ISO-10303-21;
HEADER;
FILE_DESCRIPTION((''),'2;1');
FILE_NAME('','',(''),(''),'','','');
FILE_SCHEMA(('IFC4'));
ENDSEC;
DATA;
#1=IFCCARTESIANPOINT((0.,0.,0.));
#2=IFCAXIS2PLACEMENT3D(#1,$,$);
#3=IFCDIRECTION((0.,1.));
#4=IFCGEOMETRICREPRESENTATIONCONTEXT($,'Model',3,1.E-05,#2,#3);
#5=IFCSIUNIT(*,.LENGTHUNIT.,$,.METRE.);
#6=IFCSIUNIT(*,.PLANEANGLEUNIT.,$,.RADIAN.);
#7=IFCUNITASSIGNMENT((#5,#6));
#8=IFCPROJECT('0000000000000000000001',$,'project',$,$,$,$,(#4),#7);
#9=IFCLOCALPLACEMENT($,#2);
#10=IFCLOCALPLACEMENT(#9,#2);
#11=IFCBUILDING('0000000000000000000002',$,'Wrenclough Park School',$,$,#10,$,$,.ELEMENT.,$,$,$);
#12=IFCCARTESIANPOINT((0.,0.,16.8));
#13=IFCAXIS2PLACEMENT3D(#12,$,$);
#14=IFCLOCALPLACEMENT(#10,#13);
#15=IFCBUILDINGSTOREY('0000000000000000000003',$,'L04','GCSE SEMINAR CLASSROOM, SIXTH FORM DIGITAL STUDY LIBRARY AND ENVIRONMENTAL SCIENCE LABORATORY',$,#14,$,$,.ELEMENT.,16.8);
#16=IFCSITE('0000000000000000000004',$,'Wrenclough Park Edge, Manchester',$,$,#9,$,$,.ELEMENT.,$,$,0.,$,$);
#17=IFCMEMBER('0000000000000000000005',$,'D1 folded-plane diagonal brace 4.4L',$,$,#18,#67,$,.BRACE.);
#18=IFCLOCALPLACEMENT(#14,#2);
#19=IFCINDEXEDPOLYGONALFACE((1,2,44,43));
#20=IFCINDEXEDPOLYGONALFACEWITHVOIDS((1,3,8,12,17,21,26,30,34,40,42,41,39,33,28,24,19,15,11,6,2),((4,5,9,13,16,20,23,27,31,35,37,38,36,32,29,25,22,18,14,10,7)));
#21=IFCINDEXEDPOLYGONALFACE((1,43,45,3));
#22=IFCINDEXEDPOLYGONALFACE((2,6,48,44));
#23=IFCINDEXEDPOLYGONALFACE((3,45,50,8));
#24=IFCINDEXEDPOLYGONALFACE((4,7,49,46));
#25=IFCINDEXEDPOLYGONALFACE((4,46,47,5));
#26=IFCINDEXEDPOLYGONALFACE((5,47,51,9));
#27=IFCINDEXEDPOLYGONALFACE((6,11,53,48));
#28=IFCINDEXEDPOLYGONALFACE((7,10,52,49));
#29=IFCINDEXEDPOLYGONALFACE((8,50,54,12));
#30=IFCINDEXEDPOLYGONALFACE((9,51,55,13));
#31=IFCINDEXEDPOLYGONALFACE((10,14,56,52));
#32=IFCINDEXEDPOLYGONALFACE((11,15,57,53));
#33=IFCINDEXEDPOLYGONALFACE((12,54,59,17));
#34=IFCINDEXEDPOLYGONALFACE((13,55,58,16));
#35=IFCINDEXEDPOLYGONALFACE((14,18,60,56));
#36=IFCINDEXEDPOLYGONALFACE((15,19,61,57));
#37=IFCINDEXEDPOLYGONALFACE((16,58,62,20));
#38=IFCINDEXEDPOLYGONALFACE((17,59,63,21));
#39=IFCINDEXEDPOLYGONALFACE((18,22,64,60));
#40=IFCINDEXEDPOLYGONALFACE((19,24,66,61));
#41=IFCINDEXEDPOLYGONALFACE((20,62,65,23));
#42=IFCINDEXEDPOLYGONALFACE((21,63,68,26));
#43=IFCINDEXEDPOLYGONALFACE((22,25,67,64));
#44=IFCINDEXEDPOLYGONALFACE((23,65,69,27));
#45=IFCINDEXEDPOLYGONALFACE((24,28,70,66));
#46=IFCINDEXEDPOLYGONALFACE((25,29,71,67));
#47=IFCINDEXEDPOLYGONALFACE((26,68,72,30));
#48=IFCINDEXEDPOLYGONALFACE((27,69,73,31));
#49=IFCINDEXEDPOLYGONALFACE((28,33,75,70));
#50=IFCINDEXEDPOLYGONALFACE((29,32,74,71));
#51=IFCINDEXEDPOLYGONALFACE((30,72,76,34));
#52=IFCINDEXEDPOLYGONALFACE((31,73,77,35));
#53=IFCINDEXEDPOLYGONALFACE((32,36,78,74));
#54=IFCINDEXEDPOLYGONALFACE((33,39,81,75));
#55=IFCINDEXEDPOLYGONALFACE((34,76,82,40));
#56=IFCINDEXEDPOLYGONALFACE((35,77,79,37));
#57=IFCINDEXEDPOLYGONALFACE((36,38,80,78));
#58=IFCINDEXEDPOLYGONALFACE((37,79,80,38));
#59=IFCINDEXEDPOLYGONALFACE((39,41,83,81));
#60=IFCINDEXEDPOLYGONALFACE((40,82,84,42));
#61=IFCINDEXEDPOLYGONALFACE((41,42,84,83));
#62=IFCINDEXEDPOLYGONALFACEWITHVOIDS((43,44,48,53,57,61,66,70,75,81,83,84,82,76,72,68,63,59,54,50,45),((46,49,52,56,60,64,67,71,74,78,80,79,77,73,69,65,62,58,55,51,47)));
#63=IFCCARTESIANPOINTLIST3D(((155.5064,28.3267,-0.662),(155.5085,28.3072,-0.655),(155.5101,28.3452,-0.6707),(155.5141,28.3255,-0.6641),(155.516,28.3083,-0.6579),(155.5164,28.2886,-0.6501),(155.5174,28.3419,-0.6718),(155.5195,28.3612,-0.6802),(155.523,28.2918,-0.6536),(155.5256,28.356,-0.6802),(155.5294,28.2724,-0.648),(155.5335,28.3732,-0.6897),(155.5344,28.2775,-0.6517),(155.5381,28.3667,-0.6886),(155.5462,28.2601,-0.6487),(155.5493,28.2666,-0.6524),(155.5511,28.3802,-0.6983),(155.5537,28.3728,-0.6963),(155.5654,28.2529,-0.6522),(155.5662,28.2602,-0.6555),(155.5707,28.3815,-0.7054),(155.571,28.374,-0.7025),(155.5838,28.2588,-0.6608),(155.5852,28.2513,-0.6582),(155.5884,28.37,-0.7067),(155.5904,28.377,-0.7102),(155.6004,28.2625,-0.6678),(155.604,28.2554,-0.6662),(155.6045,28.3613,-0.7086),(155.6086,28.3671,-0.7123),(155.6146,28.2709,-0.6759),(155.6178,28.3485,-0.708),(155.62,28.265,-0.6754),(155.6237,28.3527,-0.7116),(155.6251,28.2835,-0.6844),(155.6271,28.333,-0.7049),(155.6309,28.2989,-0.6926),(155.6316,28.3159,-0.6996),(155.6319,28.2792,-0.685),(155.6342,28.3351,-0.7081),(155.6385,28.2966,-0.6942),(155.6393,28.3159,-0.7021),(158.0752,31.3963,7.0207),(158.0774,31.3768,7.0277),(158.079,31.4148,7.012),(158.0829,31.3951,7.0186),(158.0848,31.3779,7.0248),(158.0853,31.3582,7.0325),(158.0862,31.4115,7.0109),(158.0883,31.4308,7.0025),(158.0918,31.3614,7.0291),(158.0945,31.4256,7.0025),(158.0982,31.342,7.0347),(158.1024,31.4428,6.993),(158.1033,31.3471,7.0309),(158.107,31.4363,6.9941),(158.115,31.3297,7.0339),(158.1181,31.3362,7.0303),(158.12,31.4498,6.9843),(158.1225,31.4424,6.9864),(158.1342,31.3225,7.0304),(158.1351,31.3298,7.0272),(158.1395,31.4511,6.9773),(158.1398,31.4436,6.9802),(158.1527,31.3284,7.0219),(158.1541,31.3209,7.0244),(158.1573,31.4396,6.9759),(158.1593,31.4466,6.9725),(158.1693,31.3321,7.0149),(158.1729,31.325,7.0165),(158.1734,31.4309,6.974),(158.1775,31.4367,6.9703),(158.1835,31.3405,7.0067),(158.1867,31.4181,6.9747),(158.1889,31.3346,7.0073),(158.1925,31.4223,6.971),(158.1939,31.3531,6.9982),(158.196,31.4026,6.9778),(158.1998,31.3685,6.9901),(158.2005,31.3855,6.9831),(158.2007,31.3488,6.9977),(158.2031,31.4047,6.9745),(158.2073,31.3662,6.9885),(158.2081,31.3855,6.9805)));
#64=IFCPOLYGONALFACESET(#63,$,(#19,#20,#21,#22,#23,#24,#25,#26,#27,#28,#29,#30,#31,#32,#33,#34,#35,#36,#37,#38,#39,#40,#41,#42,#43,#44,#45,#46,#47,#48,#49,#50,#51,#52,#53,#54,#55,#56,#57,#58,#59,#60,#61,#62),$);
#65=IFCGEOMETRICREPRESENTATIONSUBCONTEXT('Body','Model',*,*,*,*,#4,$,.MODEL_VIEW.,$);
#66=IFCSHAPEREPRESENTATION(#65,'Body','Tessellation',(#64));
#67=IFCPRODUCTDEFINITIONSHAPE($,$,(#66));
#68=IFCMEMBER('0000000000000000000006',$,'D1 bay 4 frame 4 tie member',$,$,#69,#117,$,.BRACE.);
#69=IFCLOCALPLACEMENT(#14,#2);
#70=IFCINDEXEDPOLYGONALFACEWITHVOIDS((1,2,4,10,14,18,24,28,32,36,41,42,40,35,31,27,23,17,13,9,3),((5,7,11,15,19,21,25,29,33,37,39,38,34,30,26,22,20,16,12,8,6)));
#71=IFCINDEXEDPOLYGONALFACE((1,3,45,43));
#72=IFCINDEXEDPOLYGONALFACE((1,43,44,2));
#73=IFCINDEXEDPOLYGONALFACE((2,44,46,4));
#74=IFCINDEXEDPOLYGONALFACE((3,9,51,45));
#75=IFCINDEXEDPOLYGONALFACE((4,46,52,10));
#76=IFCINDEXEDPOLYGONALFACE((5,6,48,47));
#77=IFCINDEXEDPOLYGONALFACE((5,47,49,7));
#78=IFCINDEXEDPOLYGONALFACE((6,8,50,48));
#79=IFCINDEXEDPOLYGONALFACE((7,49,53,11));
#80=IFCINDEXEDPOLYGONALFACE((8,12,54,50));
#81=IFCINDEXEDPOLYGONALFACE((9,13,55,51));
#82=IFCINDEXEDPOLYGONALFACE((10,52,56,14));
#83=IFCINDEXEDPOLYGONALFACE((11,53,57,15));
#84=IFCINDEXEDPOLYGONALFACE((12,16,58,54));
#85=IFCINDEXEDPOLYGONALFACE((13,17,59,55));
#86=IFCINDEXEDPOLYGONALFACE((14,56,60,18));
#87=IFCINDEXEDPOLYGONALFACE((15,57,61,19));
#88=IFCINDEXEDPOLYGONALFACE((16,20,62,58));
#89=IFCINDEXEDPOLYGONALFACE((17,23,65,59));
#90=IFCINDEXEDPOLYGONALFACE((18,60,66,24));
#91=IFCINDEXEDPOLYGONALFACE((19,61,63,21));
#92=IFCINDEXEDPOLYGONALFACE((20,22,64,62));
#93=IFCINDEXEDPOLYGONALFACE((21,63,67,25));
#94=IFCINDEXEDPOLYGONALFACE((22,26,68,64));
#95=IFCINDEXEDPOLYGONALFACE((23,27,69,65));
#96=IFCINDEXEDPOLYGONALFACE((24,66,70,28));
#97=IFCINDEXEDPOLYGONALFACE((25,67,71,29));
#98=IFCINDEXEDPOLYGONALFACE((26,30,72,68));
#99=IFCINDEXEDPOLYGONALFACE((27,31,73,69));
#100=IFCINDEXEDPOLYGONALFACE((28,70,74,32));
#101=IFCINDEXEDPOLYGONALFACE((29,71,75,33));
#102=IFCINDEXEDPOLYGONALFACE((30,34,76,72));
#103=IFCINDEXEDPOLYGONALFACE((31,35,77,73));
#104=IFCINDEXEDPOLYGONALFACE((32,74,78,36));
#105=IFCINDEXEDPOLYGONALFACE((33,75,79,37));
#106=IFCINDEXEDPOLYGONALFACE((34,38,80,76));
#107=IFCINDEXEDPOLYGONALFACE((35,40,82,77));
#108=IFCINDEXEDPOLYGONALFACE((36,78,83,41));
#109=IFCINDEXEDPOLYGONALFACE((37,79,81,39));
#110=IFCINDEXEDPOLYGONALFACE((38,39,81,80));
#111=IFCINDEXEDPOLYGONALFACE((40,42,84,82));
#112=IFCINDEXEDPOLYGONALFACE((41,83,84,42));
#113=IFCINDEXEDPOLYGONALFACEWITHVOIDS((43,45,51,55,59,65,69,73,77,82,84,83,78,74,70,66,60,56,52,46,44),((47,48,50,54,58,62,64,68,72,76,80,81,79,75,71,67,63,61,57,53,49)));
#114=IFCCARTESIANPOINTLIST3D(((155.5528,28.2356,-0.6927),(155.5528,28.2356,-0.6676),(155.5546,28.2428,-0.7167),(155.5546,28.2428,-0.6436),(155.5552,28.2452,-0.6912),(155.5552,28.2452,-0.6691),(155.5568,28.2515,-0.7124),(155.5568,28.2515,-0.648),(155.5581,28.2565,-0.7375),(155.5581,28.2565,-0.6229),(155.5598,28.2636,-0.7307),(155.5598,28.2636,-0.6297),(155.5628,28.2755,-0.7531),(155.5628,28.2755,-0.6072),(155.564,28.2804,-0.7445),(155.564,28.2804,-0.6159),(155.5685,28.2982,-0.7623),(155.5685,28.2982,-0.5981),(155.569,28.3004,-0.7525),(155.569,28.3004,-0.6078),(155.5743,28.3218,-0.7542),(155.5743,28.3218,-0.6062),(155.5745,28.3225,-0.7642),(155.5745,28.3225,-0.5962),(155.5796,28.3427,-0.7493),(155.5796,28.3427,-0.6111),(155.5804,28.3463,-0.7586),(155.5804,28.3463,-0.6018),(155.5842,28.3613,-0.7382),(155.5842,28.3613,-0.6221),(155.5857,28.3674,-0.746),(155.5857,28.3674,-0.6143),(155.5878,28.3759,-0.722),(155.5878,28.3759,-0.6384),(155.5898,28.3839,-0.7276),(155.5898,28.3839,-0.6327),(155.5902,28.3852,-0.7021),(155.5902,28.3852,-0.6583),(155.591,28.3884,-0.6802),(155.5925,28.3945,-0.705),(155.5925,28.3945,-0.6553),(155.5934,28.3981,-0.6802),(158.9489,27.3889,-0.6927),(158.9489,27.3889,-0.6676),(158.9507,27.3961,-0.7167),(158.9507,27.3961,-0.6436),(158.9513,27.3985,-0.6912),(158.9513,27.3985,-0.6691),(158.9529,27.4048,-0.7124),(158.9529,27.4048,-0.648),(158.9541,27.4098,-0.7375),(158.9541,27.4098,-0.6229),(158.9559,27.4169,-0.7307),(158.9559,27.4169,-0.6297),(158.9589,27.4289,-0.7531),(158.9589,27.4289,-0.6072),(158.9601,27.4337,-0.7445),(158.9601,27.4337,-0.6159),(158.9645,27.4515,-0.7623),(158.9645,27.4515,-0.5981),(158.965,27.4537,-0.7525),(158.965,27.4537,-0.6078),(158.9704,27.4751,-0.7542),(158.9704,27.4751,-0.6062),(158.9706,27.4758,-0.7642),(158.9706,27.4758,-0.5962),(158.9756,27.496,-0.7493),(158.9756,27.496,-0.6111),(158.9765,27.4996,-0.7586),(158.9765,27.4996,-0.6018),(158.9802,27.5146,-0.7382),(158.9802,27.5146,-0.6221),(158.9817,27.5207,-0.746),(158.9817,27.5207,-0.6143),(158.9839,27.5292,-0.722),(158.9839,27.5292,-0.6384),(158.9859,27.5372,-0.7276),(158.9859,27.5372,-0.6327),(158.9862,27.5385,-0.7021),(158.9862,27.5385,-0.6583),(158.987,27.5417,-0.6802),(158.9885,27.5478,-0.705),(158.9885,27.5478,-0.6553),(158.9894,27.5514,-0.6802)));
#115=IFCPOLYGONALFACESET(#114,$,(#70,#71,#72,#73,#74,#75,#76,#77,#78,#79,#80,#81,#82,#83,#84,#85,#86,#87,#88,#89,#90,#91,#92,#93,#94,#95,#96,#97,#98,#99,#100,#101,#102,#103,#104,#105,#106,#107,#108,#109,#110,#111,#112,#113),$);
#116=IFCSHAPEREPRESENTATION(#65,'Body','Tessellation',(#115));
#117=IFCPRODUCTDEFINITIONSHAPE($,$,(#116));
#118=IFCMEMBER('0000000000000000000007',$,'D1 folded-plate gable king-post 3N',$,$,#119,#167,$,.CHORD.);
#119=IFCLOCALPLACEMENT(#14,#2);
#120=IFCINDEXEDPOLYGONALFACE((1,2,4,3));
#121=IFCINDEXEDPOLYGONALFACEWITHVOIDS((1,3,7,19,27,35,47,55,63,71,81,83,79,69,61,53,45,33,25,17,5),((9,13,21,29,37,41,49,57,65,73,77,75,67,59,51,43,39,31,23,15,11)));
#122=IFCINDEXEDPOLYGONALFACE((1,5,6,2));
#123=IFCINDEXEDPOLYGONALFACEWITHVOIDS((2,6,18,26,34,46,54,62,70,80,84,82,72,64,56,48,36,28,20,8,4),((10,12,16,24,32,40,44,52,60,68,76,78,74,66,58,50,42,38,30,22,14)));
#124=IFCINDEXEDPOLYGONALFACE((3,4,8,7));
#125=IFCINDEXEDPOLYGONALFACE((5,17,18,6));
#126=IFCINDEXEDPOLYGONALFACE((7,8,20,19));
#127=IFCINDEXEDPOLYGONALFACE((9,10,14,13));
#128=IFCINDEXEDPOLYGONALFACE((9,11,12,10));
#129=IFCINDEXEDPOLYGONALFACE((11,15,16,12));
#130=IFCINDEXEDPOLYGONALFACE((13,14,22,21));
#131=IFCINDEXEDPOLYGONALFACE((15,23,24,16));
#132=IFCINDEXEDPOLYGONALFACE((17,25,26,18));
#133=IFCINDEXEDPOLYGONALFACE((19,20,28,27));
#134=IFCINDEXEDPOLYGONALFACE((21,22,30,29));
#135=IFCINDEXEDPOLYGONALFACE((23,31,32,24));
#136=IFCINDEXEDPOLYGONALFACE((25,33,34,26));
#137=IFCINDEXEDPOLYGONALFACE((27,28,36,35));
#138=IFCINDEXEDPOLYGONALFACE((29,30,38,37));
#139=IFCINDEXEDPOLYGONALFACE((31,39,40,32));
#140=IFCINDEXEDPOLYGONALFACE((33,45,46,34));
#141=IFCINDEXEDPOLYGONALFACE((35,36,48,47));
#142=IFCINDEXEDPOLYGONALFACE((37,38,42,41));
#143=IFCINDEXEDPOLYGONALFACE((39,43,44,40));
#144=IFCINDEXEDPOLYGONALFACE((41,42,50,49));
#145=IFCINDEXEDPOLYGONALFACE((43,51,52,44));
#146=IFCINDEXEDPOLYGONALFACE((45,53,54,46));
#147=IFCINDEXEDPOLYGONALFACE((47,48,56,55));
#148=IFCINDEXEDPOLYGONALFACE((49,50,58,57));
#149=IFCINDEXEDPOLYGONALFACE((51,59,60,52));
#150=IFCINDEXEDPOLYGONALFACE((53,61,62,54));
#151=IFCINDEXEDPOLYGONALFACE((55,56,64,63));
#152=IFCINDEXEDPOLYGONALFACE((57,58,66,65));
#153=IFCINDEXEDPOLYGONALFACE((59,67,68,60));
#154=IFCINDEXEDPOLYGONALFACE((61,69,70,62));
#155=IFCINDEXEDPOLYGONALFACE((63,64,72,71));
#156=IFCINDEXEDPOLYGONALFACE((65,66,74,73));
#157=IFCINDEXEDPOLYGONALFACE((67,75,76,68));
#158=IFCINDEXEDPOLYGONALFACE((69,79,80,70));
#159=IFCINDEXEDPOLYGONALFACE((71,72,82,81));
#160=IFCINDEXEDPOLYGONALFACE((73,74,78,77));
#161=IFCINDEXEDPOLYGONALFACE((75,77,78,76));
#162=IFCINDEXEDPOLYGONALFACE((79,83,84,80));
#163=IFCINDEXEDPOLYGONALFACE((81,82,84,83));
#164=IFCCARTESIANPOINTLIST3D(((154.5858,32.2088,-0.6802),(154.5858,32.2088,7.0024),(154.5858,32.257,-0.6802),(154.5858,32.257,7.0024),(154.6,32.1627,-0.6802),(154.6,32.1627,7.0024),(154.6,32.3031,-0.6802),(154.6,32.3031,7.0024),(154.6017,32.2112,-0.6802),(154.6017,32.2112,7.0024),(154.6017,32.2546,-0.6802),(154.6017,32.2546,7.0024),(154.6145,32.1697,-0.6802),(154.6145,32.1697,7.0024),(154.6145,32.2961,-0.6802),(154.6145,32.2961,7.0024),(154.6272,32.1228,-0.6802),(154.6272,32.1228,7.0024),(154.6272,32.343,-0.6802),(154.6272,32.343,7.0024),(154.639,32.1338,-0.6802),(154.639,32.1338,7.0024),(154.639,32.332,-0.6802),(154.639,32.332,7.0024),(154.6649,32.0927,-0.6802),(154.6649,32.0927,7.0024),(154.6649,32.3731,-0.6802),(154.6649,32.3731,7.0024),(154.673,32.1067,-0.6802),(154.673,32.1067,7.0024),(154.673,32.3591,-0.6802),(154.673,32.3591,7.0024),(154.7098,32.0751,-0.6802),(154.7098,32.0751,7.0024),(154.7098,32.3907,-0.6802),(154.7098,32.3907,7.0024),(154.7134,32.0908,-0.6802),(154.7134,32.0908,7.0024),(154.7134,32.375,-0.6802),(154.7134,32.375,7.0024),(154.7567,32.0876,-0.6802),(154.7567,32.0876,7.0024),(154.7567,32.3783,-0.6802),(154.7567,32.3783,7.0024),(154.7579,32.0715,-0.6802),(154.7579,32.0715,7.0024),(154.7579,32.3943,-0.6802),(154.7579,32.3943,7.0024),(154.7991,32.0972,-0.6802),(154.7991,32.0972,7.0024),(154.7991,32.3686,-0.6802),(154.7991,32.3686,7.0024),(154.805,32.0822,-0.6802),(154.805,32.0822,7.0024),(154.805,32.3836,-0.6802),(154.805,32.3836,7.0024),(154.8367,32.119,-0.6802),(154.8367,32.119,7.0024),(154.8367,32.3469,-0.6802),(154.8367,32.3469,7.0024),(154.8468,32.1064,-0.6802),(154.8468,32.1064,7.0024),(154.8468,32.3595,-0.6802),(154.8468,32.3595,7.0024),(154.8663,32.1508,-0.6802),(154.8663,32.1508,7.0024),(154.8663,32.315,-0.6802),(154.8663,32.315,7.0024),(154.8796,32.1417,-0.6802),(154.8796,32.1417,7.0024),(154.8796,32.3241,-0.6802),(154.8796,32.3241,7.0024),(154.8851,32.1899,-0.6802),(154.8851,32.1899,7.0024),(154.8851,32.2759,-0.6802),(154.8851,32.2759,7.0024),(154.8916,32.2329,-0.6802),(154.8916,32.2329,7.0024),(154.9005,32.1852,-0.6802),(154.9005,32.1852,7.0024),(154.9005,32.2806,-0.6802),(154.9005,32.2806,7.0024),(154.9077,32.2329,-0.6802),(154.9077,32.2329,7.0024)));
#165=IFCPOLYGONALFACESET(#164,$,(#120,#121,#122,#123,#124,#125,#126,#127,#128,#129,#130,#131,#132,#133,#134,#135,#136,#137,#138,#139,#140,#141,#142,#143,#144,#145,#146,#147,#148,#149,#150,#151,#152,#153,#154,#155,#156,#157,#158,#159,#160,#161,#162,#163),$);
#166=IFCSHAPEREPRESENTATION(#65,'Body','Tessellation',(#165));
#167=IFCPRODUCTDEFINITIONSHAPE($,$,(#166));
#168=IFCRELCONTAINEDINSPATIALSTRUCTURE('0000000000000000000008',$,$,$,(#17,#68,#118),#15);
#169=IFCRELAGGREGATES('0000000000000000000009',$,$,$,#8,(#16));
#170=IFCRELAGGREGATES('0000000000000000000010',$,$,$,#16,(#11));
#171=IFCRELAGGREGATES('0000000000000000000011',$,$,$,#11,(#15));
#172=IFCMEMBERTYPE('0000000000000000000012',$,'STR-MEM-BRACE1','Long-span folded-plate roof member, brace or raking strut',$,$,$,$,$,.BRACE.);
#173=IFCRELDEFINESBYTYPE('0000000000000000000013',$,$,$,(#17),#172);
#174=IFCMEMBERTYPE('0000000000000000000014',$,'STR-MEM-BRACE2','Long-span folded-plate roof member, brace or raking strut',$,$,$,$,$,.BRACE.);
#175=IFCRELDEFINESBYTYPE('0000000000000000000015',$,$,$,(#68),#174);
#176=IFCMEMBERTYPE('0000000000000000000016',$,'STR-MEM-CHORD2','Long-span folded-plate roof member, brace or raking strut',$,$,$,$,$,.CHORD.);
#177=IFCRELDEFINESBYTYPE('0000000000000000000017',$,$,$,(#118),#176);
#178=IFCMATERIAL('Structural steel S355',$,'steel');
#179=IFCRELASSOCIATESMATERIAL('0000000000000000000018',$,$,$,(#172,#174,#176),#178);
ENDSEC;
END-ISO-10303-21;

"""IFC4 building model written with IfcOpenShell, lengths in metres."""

from ifc_helpers import new_model, si_unit, direction, frame, origin, origin_2d, place, context, subcontext, project, spatial, hollow_circle, extrude, material, material_profile, profile_set, type_object, element, save


model = new_model("IFC4")

# Units and contexts
model_context = context("Model", 3, precision=1e-05, world=origin(), true_north=direction((0.0, 1.0)))
body_context = subcontext(model_context, "Body", "Model", "MODEL_VIEW")
ifc_project = project(units=[si_unit("LENGTHUNIT", "METRE"), si_unit("PLANEANGLEUNIT", "RADIAN")], contexts=[model_context])

# Site, building, storey
site_placement = place(None, origin())
site = spatial("IfcSite", under=ifc_project, at=site_placement, Name="Wrenclough Park Edge, Manchester", CompositionType="ELEMENT", RefElevation=0.0)
building_placement = place(site_placement, origin())
building = spatial("IfcBuilding", under=site, at=building_placement, Name="Wrenclough Park School", CompositionType="ELEMENT")
storey_placement = place(building_placement, frame((0.0, 0.0, 16.8)))
storey = spatial("IfcBuildingStorey", under=building, at=storey_placement, Name="L04", Description="GCSE SEMINAR CLASSROOM, SIXTH FORM DIGITAL STUDY LIBRARY AND ENVIRONMENTAL SCIENCE LABORATORY", CompositionType="ELEMENT", Elevation=16.8)

# Shared definitions
ifc_material_1 = material(Name="Structural steel S355", Category="steel")

# Members
ifc_material_profile_1 = material_profile(ifc_material_1, hollow_circle(Radius=0.0698, WallThickness=0.0081, at=origin_2d()), Name="CHS 139.7x8.0")
ifc_profile_set_1 = profile_set([ifc_material_profile_1], Name="Structural steel S355")
member_type_1 = type_object("IfcMemberType", Name="STR-MEM-BRACE1", Description="Long-span folded-plate roof member, brace or raking strut", PredefinedType="BRACE", material=ifc_profile_set_1)
for number, where, z_axis, x_axis, name in (
    (1, (155.573, 28.3164, -0.6802), (0.296538, 0.354341, 0.886853), (-0.766885, 0.641785, 0.0), "D1 folded-plane diagonal brace 4.4L"),
):
    element("IfcMember", number, at=place(storey_placement, frame(where, z_axis=z_axis, x_axis=x_axis)), inside=storey, type_object=member_type_1, Name=name, PredefinedType="BRACE", context=body_context, shape_type="SweptSolid", body=[
        extrude(hollow_circle(Radius=0.0698, WallThickness=0.0081, at=origin_2d()), origin(), (0.0, 0.0, 1.0), 8.6628),
    ])
ifc_material_profile_2 = material_profile(ifc_material_1, hollow_circle(Radius=0.0842, WallThickness=0.01, at=origin_2d()), Name="CHS 168.3x10.0")
ifc_profile_set_2 = profile_set([ifc_material_profile_2], Name="Structural steel S355")
member_type_2 = type_object("IfcMemberType", Name="STR-MEM-BRACE2", Description="Long-span folded-plate roof member, brace or raking strut", PredefinedType="BRACE", material=ifc_profile_set_2)
member_1_placement = place(storey_placement, frame((155.573, 28.3164, -0.6802), z_axis=(0.970298, -0.241912, 0.0), x_axis=(0.241912, 0.970298, 0.0)))
element("IfcMember", 2, at=member_1_placement, inside=storey, type_object=member_type_2, Name="D1 bay 4 frame 4 tie member", PredefinedType="BRACE", context=body_context, shape_type="SweptSolid", body=[
    extrude(hollow_circle(Radius=0.0842, WallThickness=0.01, at=origin_2d()), origin(), (0.0, 0.0, 1.0), 3.5),
])
ifc_material_profile_3 = material_profile(ifc_material_1, hollow_circle(Radius=0.1619, WallThickness=0.0161, at=origin_2d()), Name="CHS 323.9x16.0")
ifc_profile_set_3 = profile_set([ifc_material_profile_3], Name="Structural steel S355")
member_type_3 = type_object("IfcMemberType", Name="STR-MEM-CHORD2", Description="Long-span folded-plate roof member, brace or raking strut", PredefinedType="CHORD", material=ifc_profile_set_3)
member_2_placement = place(storey_placement, frame((154.7458, 32.2329, -0.6802), z_axis=(0.0, 0.0, 1.0), x_axis=(1.0, 0.0, 0.0)))
element("IfcMember", 3, at=member_2_placement, inside=storey, type_object=member_type_3, Name="D1 folded-plate gable king-post 3N", PredefinedType="CHORD", context=body_context, shape_type="SweptSolid", body=[
    extrude(hollow_circle(Radius=0.1619, WallThickness=0.0161, at=origin_2d()), origin(), (0.0, 0.0, 1.0), 7.6826),
])

save(model, "model.ifc")
